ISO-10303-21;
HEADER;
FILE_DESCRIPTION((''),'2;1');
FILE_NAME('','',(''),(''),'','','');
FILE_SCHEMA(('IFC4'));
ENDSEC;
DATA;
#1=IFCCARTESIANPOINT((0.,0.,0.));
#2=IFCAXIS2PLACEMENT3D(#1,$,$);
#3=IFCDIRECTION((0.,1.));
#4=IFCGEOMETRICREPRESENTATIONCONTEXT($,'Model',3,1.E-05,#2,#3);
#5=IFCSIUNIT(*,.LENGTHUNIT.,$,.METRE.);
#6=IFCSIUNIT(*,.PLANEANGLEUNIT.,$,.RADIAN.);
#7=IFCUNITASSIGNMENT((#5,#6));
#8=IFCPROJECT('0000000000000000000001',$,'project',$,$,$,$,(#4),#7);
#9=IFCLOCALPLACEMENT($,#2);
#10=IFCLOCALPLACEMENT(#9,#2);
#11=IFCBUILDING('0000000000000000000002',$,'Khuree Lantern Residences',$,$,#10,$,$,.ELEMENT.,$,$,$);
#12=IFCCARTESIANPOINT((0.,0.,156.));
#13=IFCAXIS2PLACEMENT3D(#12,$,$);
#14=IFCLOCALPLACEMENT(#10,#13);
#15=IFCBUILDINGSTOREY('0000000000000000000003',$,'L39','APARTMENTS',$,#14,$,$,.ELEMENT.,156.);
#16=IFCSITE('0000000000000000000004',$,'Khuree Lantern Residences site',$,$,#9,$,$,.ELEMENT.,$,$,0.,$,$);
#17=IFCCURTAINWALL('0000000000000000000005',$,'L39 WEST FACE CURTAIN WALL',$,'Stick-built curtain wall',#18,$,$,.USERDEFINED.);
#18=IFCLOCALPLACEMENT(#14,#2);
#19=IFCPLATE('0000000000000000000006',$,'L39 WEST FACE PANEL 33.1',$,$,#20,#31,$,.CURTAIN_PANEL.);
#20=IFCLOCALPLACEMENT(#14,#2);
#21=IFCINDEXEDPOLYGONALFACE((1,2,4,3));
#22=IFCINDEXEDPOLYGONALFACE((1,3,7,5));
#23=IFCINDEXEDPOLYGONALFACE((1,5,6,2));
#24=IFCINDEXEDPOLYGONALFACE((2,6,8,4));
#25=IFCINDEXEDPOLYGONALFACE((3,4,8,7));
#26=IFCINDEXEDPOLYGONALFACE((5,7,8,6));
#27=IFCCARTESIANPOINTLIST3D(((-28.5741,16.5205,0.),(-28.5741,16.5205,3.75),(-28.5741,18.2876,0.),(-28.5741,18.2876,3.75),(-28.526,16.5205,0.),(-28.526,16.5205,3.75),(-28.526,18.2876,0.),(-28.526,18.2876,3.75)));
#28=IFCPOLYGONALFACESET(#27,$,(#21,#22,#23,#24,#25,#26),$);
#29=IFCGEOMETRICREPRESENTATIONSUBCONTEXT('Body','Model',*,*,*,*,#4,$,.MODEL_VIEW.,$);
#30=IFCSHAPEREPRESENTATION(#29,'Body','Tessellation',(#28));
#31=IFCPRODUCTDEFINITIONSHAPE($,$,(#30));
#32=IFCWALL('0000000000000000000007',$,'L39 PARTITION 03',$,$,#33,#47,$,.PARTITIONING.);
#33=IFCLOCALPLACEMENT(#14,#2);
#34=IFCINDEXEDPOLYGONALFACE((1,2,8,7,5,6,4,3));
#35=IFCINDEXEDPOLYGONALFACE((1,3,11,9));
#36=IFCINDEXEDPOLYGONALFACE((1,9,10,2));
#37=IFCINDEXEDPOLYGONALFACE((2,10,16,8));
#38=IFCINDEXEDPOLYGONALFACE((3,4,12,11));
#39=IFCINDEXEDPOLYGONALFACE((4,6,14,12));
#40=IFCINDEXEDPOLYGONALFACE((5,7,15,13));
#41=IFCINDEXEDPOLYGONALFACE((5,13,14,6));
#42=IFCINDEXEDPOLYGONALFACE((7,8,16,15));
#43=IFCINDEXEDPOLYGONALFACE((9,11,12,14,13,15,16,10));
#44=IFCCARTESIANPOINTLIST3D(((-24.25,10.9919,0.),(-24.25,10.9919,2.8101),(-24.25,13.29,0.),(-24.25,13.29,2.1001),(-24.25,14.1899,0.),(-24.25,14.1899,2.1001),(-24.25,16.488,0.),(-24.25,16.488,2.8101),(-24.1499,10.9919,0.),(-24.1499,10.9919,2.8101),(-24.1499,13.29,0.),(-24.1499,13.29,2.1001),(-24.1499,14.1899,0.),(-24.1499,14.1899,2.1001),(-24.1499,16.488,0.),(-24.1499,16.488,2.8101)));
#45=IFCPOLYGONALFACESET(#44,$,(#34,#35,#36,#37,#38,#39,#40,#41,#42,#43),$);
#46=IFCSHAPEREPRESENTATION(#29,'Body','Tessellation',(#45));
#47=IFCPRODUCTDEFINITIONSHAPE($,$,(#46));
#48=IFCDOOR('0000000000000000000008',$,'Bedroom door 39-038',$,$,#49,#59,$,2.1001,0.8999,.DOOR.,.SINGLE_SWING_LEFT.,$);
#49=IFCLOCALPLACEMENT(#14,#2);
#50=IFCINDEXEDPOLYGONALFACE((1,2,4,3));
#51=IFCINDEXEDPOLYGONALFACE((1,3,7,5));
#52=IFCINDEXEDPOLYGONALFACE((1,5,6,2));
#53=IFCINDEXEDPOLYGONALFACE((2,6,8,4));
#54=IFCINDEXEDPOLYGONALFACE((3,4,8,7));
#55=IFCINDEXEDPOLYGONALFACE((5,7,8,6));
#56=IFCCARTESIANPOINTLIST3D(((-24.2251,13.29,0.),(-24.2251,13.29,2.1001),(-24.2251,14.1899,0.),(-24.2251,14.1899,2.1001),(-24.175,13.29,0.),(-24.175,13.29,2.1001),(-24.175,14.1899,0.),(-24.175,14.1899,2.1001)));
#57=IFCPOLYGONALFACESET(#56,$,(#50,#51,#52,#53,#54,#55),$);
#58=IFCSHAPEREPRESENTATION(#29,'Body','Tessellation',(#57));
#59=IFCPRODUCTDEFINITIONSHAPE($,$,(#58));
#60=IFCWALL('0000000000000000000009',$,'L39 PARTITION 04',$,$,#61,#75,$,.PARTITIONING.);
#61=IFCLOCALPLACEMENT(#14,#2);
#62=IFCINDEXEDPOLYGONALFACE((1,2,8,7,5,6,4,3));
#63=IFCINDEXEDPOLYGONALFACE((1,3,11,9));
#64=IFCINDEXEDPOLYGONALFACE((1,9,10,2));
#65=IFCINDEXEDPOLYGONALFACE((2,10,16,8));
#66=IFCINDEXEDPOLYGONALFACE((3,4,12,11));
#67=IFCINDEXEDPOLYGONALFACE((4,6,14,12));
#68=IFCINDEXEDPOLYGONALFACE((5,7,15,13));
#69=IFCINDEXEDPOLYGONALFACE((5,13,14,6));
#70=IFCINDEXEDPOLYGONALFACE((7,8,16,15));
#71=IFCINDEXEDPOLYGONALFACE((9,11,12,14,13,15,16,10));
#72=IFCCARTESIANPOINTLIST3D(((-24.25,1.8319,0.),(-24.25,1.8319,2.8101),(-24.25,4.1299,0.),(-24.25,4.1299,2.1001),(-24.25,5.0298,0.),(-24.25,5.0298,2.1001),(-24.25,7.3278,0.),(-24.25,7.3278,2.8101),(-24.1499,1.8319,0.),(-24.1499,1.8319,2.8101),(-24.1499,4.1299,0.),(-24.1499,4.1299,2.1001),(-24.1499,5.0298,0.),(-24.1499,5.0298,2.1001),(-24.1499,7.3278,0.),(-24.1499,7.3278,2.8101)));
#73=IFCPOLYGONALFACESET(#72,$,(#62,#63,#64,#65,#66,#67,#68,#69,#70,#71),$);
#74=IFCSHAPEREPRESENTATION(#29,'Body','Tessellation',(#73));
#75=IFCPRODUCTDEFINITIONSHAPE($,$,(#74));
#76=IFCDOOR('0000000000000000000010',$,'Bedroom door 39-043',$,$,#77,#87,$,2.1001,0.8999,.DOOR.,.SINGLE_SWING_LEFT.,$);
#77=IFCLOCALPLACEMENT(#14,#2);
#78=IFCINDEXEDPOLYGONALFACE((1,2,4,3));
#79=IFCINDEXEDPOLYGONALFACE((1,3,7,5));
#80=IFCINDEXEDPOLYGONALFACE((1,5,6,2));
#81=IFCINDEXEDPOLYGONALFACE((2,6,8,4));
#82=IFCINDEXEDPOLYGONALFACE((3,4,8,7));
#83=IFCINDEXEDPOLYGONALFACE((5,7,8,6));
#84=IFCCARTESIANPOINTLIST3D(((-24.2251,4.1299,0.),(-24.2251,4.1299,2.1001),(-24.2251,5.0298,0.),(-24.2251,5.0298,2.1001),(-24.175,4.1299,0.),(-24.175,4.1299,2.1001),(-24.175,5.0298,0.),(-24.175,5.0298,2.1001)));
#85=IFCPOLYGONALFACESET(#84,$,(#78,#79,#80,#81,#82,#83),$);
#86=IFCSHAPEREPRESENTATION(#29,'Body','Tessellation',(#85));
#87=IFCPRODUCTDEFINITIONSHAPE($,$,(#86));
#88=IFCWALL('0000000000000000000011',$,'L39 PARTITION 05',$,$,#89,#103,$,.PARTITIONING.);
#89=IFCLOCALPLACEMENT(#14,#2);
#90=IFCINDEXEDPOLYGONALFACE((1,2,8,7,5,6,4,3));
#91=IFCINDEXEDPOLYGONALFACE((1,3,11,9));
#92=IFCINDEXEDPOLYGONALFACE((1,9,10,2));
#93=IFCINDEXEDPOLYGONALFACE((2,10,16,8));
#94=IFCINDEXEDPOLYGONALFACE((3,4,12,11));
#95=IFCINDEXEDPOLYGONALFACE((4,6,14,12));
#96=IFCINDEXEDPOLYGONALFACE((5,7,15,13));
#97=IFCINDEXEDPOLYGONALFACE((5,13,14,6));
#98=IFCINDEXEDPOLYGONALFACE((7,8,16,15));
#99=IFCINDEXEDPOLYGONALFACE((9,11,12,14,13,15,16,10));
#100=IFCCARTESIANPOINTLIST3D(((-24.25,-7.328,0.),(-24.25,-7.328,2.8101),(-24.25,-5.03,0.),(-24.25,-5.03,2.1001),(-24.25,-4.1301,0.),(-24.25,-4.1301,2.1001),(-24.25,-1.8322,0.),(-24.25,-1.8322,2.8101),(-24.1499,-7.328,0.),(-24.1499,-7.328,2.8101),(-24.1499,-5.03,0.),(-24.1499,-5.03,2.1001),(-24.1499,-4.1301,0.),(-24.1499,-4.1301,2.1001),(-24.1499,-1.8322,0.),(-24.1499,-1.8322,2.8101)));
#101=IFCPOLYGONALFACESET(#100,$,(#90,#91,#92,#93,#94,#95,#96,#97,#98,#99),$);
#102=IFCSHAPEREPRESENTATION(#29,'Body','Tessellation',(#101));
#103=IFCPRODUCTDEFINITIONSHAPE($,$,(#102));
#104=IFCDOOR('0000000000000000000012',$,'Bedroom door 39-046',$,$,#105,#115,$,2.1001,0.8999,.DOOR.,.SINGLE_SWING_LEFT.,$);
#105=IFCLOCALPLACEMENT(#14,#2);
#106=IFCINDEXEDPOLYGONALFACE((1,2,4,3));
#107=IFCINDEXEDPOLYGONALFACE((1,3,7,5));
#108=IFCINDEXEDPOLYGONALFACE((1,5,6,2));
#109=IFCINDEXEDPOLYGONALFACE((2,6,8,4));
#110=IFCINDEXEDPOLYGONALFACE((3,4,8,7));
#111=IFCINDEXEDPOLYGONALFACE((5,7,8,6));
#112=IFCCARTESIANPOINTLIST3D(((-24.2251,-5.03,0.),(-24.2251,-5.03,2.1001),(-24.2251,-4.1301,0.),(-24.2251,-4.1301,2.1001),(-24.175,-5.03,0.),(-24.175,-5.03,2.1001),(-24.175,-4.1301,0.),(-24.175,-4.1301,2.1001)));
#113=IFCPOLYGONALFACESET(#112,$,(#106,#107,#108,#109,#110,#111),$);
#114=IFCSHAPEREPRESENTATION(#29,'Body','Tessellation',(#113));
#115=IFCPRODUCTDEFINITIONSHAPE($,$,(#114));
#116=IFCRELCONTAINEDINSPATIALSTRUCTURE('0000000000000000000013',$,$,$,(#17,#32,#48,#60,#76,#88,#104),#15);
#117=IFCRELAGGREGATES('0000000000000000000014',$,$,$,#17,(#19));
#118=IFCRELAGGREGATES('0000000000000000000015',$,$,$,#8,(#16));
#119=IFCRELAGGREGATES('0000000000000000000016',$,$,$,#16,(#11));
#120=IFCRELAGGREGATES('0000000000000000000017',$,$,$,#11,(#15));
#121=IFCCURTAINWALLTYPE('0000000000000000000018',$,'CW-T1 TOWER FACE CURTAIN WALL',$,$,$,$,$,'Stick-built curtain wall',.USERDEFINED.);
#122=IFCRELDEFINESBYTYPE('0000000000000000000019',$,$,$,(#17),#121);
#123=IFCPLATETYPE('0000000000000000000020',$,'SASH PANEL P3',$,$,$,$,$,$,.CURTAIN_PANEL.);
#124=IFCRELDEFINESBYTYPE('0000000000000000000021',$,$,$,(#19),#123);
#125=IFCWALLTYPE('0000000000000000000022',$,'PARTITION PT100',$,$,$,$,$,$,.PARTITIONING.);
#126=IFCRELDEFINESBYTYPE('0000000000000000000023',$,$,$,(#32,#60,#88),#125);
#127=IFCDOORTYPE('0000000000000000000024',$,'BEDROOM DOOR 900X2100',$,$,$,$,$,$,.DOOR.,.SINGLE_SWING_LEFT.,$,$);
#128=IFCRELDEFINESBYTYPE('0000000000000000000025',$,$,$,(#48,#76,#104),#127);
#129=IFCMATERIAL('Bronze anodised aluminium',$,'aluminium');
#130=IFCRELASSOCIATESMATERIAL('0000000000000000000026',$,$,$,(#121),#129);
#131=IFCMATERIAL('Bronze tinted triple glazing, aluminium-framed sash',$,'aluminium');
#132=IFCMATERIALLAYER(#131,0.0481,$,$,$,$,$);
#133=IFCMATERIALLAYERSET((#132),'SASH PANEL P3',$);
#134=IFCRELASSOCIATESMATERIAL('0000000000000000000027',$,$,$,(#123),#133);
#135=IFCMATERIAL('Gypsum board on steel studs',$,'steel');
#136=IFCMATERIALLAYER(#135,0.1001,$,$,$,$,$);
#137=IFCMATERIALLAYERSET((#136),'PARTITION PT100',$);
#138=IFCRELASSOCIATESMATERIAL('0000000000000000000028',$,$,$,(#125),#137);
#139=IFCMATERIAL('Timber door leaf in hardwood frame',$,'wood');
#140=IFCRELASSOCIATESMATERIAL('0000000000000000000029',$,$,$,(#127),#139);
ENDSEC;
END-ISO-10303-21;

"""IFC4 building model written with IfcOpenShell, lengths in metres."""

from ifc_helpers import new_model, si_unit, direction, frame, frame_2d, origin, origin_2d, place, context, subcontext, project, spatial, rectangle, extrude, material, layer, layer_set, type_object, element, fill, aggregate, save


model = new_model("IFC4")

# Units and contexts
model_context = context("Model", 3, precision=1e-05, world=origin(), true_north=direction((0.0, 1.0)))
body_context = subcontext(model_context, "Body", "Model", "MODEL_VIEW")
ifc_project = project(units=[si_unit("LENGTHUNIT", "METRE"), si_unit("PLANEANGLEUNIT", "RADIAN")], contexts=[model_context])

# Site, building, storey
site_placement = place(None, origin())
site = spatial("IfcSite", under=ifc_project, at=site_placement, Name="Khuree Lantern Residences site", CompositionType="ELEMENT", RefElevation=0.0)
building_placement = place(site_placement, origin())
building = spatial("IfcBuilding", under=site, at=building_placement, Name="Khuree Lantern Residences", CompositionType="ELEMENT")
storey_placement = place(building_placement, frame((0.0, 0.0, 156.0)))
storey = spatial("IfcBuildingStorey", under=building, at=storey_placement, Name="L39", Description="APARTMENTS", CompositionType="ELEMENT", Elevation=156.0)

# Curtain wall
ifc_material_1 = material(Name="Bronze anodised aluminium", Category="aluminium")
curtain_wall_type = type_object("IfcCurtainWallType", Name="CW-T1 TOWER FACE CURTAIN WALL", ElementType="Stick-built curtain wall", PredefinedType="USERDEFINED", material=ifc_material_1)
curtain_wall_placement = place(storey_placement, origin())
curtain_wall = element("IfcCurtainWall", 1, at=curtain_wall_placement, inside=storey, type_object=curtain_wall_type, Name="L39 WEST FACE CURTAIN WALL", ObjectType="Stick-built curtain wall", PredefinedType="USERDEFINED")

# Plate
ifc_material_2 = material(Name="Bronze tinted triple glazing, aluminium-framed sash", Category="aluminium")
ifc_layer_1 = layer(ifc_material_2, 0.0481)
ifc_layer_set_1 = layer_set([ifc_layer_1], Name="SASH PANEL P3")
plate_type_1 = type_object("IfcPlateType", Name="SASH PANEL P3", PredefinedType="CURTAIN_PANEL", material=ifc_layer_set_1)
plate_1_placement = place(storey_placement, frame((-28.55, 17.4041, 0.0), z_axis=(0.0, 0.0, 1.0), x_axis=(0.0, -1.0, 0.0)))
plate_1 = element("IfcPlate", 2, at=plate_1_placement, type_object=plate_type_1, Name="L39 WEST FACE PANEL 33.1", PredefinedType="CURTAIN_PANEL", context=body_context, shape_type="SweptSolid", body=[
    extrude(rectangle(XDim=1.7671, YDim=0.0481, at=origin_2d()), origin(), (0.0, 0.0, 1.0), 3.75),
])
aggregate(curtain_wall, [plate_1])

# Walls, openings, doors
ifc_material_3 = material(Name="Gypsum board on steel studs", Category="steel")
ifc_layer_2 = layer(ifc_material_3, 0.1001)
ifc_layer_set_2 = layer_set([ifc_layer_2], Name="PARTITION PT100")
wall_type = type_object("IfcWallType", Name="PARTITION PT100", PredefinedType="PARTITIONING", material=ifc_layer_set_2)
wall_1_placement = place(storey_placement, frame((-24.2, 16.488, 0.0), z_axis=(0.0, 0.0, 1.0), x_axis=(0.0, -1.0, 0.0)))
wall_1 = element("IfcWall", 3, at=wall_1_placement, inside=storey, type_object=wall_type, Name="L39 PARTITION 03", PredefinedType="PARTITIONING", context=body_context, shape_type="SweptSolid", body=[
    extrude(rectangle(XDim=5.4961, YDim=0.1001, at=frame_2d((2.748, 0.0))), origin(), (0.0, 0.0, 1.0), 2.8101),
])
opening_1_placement = place(wall_1_placement, frame((2.2981, 0.0, 0.0)))
opening_1 = element("IfcOpeningElement", 4, at=opening_1_placement, cuts=wall_1, PredefinedType="OPENING", context=body_context, shape_type="SweptSolid", body=[
    extrude(rectangle(XDim=0.8999, YDim=2.1001, at=frame_2d((0.45, 1.05))), frame((0.0, 0.0601, 0.0), z_axis=(0.0, -1.0, 0.0), x_axis=(1.0, 0.0, 0.0)), (0.0, 0.0, 1.0), 0.1201),
])
ifc_material_4 = material(Name="Timber door leaf in hardwood frame", Category="wood")
door_type = type_object("IfcDoorType", Name="BEDROOM DOOR 900X2100", OperationType="SINGLE_SWING_LEFT", PredefinedType="DOOR", material=ifc_material_4)
door_1_placement = place(opening_1_placement, origin())
door_1 = element("IfcDoor", 5, at=door_1_placement, inside=storey, type_object=door_type, Name="Bedroom door 39-038", OperationType="SINGLE_SWING_LEFT", OverallHeight=2.1001, OverallWidth=0.8999, PredefinedType="DOOR", context=body_context, shape_type="SweptSolid", body=[
    extrude(rectangle(XDim=0.8999, YDim=2.1001, at=frame_2d((0.45, 1.05))), frame((0.0, 0.0249, 0.0), z_axis=(0.0, -1.0, 0.0), x_axis=(1.0, 0.0, 0.0)), (0.0, 0.0, 1.0), 0.05),
])
fill(opening_1, door_1)
wall_2_placement = place(storey_placement, frame((-24.2, 7.3279, 0.0), z_axis=(0.0, 0.0, 1.0), x_axis=(0.0, -1.0, 0.0)))
wall_2 = element("IfcWall", 6, at=wall_2_placement, inside=storey, type_object=wall_type, Name="L39 PARTITION 04", PredefinedType="PARTITIONING", context=body_context, shape_type="SweptSolid", body=[
    extrude(rectangle(XDim=5.4958, YDim=0.1001, at=frame_2d((2.748, 0.0))), origin(), (0.0, 0.0, 1.0), 2.8101),
])
opening_2_placement = place(wall_2_placement, frame((2.2981, 0.0, 0.0)))
opening_2 = element("IfcOpeningElement", 7, at=opening_2_placement, cuts=wall_2, PredefinedType="OPENING", context=body_context, shape_type="SweptSolid", body=[
    extrude(rectangle(XDim=0.8999, YDim=2.1001, at=frame_2d((0.45, 1.05))), frame((0.0, 0.0601, 0.0), z_axis=(0.0, -1.0, 0.0), x_axis=(1.0, 0.0, 0.0)), (0.0, 0.0, 1.0), 0.1201),
])
door_2_placement = place(opening_2_placement, origin())
door_2 = element("IfcDoor", 8, at=door_2_placement, inside=storey, type_object=door_type, Name="Bedroom door 39-043", OperationType="SINGLE_SWING_LEFT", OverallHeight=2.1001, OverallWidth=0.8999, PredefinedType="DOOR", context=body_context, shape_type="SweptSolid", body=[
    extrude(rectangle(XDim=0.8999, YDim=2.1001, at=frame_2d((0.45, 1.05))), frame((0.0, 0.0249, 0.0), z_axis=(0.0, -1.0, 0.0), x_axis=(1.0, 0.0, 0.0)), (0.0, 0.0, 1.0), 0.05),
])
fill(opening_2, door_2)
wall_3_placement = place(storey_placement, frame((-24.2, -1.832, 0.0), z_axis=(0.0, 0.0, 1.0), x_axis=(0.0, -1.0, 0.0)))
wall_3 = element("IfcWall", 9, at=wall_3_placement, inside=storey, type_object=wall_type, Name="L39 PARTITION 05", PredefinedType="PARTITIONING", context=body_context, shape_type="SweptSolid", body=[
    extrude(rectangle(XDim=5.4958, YDim=0.1001, at=frame_2d((2.748, 0.0))), origin(), (0.0, 0.0, 1.0), 2.8101),
])
opening_3_placement = place(wall_3_placement, frame((2.2981, 0.0, 0.0)))
opening_3 = element("IfcOpeningElement", 10, at=opening_3_placement, cuts=wall_3, PredefinedType="OPENING", context=body_context, shape_type="SweptSolid", body=[
    extrude(rectangle(XDim=0.8999, YDim=2.1001, at=frame_2d((0.45, 1.05))), frame((0.0, 0.0601, 0.0), z_axis=(0.0, -1.0, 0.0), x_axis=(1.0, 0.0, 0.0)), (0.0, 0.0, 1.0), 0.1201),
])
door_3_placement = place(opening_3_placement, origin())
door_3 = element("IfcDoor", 11, at=door_3_placement, inside=storey, type_object=door_type, Name="Bedroom door 39-046", OperationType="SINGLE_SWING_LEFT", OverallHeight=2.1001, OverallWidth=0.8999, PredefinedType="DOOR", context=body_context, shape_type="SweptSolid", body=[
    extrude(rectangle(XDim=0.8999, YDim=2.1001, at=frame_2d((0.45, 1.05))), frame((0.0, 0.0249, 0.0), z_axis=(0.0, -1.0, 0.0), x_axis=(1.0, 0.0, 0.0)), (0.0, 0.0, 1.0), 0.05),
])
fill(opening_3, door_3)

save(model, "model.ifc")
